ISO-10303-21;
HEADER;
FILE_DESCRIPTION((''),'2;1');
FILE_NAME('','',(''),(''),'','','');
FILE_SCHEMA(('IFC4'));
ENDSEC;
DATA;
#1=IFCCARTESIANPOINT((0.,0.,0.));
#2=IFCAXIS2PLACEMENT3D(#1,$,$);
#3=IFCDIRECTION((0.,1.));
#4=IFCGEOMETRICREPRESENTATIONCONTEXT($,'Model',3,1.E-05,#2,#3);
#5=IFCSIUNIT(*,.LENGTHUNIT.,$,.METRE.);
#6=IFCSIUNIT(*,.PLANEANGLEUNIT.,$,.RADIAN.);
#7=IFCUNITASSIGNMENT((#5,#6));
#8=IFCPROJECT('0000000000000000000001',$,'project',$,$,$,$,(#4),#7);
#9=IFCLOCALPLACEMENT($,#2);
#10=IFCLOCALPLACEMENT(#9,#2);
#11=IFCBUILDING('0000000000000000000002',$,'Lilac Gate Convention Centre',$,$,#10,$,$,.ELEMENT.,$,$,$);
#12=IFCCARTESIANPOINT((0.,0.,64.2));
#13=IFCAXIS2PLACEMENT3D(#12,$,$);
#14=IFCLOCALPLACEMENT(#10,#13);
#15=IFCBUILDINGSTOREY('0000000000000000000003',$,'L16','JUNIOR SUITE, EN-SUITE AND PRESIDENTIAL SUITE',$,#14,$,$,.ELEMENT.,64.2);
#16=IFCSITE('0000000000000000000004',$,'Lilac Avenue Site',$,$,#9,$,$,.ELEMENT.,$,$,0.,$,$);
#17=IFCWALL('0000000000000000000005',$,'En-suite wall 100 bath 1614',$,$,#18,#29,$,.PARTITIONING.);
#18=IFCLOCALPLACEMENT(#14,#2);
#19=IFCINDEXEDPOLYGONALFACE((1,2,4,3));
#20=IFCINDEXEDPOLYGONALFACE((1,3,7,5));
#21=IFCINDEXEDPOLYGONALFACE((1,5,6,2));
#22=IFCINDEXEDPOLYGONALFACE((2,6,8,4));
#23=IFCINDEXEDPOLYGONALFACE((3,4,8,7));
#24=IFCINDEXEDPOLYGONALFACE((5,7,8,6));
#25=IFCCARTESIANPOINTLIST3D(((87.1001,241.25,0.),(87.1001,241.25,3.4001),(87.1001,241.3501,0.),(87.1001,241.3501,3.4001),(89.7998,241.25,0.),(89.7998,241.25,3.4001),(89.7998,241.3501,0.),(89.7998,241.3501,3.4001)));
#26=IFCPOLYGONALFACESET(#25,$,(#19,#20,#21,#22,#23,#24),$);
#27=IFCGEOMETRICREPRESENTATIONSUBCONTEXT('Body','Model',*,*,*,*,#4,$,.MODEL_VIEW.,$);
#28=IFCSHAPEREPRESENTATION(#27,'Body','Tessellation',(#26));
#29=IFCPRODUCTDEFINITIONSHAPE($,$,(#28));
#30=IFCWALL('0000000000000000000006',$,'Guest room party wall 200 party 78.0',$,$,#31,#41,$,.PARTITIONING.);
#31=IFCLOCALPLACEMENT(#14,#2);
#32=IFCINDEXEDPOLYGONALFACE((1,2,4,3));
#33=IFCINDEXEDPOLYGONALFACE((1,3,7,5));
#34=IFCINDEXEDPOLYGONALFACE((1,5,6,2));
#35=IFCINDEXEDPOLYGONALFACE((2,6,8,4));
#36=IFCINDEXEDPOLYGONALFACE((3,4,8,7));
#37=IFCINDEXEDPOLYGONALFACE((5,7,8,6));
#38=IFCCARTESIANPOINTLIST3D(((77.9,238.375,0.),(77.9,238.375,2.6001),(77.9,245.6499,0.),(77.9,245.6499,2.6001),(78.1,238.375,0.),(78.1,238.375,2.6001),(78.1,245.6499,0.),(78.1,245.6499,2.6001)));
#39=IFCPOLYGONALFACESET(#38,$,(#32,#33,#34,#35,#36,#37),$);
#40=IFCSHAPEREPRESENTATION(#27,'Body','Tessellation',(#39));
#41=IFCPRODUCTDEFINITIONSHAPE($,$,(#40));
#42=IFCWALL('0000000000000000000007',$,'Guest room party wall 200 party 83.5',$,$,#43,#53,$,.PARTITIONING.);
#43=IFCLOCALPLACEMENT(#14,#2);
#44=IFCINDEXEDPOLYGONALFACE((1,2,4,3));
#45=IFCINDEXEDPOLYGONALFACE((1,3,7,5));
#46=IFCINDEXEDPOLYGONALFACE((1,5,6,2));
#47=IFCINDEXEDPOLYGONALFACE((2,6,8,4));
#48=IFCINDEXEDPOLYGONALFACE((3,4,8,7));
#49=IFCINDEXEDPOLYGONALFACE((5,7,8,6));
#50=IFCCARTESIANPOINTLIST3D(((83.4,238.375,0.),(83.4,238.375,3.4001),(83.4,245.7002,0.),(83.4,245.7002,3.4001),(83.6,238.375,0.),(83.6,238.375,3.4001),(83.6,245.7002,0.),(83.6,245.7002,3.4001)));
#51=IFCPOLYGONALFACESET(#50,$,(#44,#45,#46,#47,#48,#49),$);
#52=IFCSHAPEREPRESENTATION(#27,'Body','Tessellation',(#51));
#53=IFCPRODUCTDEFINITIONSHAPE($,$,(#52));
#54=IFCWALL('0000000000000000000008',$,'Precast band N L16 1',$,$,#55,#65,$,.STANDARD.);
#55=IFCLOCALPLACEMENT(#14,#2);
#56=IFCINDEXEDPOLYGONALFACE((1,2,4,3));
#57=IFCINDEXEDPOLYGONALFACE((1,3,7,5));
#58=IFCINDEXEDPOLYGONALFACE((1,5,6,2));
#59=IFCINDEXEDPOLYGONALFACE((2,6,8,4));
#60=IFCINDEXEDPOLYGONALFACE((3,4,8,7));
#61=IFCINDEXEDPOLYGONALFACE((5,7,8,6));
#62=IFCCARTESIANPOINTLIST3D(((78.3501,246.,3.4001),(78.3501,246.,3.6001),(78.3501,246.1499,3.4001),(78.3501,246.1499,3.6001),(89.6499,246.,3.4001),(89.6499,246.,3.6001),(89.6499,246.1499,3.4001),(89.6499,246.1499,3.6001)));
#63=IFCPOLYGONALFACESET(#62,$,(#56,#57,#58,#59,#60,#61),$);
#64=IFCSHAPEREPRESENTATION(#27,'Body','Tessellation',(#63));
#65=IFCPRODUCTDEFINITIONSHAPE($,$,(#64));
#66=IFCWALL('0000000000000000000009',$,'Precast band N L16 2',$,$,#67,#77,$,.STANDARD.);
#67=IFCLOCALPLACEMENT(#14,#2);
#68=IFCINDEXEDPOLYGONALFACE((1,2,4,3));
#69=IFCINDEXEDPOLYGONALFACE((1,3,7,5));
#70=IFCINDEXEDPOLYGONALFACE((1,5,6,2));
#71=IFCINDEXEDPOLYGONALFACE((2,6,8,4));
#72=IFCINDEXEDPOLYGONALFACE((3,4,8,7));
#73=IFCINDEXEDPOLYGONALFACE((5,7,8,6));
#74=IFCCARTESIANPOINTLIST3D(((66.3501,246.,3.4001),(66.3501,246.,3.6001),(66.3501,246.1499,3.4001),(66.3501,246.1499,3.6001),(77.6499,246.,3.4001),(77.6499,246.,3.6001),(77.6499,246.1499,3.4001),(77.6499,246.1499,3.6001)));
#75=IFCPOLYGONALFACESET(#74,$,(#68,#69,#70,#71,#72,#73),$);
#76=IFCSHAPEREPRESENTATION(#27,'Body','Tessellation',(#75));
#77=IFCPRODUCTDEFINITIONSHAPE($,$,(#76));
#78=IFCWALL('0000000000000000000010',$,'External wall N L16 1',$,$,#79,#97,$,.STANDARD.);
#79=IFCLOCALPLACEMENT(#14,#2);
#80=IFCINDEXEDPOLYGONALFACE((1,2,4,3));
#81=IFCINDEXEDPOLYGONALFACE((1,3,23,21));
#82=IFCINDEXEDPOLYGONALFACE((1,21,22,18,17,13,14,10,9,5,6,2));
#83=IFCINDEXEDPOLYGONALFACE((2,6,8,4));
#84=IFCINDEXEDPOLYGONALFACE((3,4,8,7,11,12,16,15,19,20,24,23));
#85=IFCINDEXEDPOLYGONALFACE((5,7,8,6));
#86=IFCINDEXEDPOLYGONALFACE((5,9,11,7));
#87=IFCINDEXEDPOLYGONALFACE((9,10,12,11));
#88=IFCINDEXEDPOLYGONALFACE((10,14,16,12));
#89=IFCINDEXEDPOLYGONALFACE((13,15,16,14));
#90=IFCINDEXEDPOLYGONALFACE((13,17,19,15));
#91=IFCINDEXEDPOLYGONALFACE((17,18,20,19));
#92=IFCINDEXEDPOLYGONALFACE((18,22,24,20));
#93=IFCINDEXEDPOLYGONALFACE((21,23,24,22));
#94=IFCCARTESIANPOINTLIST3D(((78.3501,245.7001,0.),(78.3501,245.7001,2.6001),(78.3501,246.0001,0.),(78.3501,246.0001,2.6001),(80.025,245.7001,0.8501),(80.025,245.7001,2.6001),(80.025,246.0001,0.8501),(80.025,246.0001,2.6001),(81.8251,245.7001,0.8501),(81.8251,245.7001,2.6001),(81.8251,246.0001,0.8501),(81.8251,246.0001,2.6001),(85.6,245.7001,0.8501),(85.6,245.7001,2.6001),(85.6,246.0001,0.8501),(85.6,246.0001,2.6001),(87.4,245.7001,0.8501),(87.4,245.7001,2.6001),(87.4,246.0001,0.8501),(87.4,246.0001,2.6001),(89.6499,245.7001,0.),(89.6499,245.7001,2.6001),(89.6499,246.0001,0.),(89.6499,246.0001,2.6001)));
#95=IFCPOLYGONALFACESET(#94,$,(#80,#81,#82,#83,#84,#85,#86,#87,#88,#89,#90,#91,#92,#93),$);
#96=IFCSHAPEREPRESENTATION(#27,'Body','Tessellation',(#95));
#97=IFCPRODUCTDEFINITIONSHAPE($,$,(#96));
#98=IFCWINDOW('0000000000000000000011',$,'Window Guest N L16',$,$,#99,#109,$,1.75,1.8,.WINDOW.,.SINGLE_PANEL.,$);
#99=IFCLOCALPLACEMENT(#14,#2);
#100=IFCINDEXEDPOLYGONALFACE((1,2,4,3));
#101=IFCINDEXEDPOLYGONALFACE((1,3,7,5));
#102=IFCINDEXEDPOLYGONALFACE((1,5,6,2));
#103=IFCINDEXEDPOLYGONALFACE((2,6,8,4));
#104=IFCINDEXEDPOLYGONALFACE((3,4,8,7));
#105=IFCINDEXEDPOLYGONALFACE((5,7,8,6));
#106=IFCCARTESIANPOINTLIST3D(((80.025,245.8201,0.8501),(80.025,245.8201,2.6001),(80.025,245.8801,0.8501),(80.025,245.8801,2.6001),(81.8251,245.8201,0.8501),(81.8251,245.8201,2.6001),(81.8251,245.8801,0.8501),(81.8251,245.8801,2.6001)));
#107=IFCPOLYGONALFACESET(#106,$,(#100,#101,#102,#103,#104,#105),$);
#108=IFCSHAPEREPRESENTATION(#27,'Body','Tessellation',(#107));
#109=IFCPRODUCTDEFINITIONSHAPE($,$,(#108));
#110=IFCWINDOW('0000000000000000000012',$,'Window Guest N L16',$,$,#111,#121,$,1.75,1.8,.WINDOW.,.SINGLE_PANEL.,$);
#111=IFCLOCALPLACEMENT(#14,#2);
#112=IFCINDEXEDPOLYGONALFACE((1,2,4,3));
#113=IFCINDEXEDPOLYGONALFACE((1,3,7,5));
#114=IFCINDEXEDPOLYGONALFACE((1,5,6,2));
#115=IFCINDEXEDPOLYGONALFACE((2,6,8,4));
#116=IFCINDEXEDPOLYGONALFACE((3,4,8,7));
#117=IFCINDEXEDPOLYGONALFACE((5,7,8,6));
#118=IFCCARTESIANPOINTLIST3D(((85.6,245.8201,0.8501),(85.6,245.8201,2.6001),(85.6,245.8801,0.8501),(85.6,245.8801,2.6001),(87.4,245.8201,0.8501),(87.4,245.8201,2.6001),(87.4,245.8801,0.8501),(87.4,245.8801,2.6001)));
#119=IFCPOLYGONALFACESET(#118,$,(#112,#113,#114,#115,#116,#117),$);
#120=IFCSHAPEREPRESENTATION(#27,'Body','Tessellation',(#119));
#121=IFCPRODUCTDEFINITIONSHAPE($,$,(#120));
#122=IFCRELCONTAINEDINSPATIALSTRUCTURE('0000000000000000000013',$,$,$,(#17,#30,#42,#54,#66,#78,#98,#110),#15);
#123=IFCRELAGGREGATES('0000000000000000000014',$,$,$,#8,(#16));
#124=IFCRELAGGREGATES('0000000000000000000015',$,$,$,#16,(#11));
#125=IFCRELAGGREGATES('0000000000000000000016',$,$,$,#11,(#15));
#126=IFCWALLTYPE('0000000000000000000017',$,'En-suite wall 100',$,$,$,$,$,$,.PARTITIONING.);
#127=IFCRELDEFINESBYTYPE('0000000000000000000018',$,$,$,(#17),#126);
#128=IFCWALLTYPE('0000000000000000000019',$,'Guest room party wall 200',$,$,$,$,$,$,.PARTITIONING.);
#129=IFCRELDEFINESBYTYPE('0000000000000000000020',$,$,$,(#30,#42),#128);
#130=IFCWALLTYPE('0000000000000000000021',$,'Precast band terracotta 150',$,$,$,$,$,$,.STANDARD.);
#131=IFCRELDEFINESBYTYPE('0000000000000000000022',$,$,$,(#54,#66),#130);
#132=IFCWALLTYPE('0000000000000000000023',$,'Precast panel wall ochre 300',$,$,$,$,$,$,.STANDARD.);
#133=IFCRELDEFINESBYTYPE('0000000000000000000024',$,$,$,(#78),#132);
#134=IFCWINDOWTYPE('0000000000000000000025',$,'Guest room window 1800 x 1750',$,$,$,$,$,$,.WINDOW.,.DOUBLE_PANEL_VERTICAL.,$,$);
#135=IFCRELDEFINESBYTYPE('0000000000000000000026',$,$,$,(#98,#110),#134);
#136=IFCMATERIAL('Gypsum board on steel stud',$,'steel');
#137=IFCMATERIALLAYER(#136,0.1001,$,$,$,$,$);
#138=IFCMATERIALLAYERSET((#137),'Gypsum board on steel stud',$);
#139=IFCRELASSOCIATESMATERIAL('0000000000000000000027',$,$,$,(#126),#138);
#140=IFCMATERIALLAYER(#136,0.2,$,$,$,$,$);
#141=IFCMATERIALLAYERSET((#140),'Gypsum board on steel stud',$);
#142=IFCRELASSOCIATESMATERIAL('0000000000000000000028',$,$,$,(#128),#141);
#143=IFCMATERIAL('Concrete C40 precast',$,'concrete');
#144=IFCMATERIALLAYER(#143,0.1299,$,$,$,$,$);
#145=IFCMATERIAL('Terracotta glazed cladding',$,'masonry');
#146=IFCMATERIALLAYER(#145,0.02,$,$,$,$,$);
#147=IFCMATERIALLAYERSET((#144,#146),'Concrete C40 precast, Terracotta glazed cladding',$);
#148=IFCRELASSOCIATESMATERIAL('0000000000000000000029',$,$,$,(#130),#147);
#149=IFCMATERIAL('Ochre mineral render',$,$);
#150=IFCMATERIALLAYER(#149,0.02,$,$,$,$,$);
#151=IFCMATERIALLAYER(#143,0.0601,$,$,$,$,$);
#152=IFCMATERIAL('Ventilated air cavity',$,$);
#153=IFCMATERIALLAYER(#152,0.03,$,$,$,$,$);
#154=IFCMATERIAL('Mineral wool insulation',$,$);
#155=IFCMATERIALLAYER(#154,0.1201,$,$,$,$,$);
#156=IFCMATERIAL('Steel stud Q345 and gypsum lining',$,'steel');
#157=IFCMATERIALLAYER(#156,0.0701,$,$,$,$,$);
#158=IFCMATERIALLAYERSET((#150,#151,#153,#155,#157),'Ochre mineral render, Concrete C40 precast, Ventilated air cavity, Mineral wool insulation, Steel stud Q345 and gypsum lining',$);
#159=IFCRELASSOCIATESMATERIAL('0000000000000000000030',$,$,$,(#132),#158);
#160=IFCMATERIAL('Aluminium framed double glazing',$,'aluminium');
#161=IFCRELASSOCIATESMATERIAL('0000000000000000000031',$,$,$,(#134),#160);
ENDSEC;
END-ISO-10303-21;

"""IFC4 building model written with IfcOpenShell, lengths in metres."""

from ifc_helpers import new_model, si_unit, direction, frame, frame_2d, origin, place, context, subcontext, project, spatial, rectangle, extrude, material, layer, layer_set, type_object, element, fill, save


model = new_model("IFC4")

# Units and contexts
model_context = context("Model", 3, precision=1e-05, world=origin(), true_north=direction((0.0, 1.0)))
body_context = subcontext(model_context, "Body", "Model", "MODEL_VIEW")
ifc_project = project(units=[si_unit("LENGTHUNIT", "METRE"), si_unit("PLANEANGLEUNIT", "RADIAN")], contexts=[model_context])

# Site, building, storey
site_placement = place(None, origin())
site = spatial("IfcSite", under=ifc_project, at=site_placement, Name="Lilac Avenue Site", CompositionType="ELEMENT", RefElevation=0.0)
building_placement = place(site_placement, origin())
building = spatial("IfcBuilding", under=site, at=building_placement, Name="Lilac Gate Convention Centre", CompositionType="ELEMENT")
storey_placement = place(building_placement, frame((0.0, 0.0, 64.2)))
storey = spatial("IfcBuildingStorey", under=building, at=storey_placement, Name="L16", Description="JUNIOR SUITE, EN-SUITE AND PRESIDENTIAL SUITE", CompositionType="ELEMENT", Elevation=64.2)

# Shared definitions
ifc_material_1 = material(Name="Aluminium framed double glazing", Category="aluminium")

# Shared definitions
ifc_material_2 = material(Name="Gypsum board on steel stud", Category="steel")
ifc_layer_1 = layer(ifc_material_2, 0.1001)
ifc_layer_set_1 = layer_set([ifc_layer_1], Name="Gypsum board on steel stud")
wall_type_1 = type_object("IfcWallType", Name="En-suite wall 100", PredefinedType="PARTITIONING", material=ifc_layer_set_1)

# Walls
wall_1_placement = place(storey_placement, frame((87.1001, 241.3, 0.0), z_axis=(0.0, 0.0, 1.0), x_axis=(1.0, 0.0, 0.0)))
element("IfcWall", 1, at=wall_1_placement, inside=storey, type_object=wall_type_1, Name="En-suite wall 100 bath 1614", PredefinedType="PARTITIONING", context=body_context, shape_type="SweptSolid", body=[
    extrude(rectangle(XDim=2.6997, YDim=0.1001, at=frame_2d((1.3499, 0.0))), origin(), (0.0, 0.0, 1.0), 3.4001),
])
ifc_layer_2 = layer(ifc_material_2, 0.2)
ifc_layer_set_2 = layer_set([ifc_layer_2], Name="Gypsum board on steel stud")
wall_type_2 = type_object("IfcWallType", Name="Guest room party wall 200", PredefinedType="PARTITIONING", material=ifc_layer_set_2)
wall_2_placement = place(storey_placement, frame((78.0, 245.6499, 0.0), z_axis=(0.0, 0.0, 1.0), x_axis=(0.0, -1.0, 0.0)))
element("IfcWall", 2, at=wall_2_placement, inside=storey, type_object=wall_type_2, Name="Guest room party wall 200 party 78.0", PredefinedType="PARTITIONING", context=body_context, shape_type="SweptSolid", body=[
    extrude(rectangle(XDim=7.2749, YDim=0.2, at=frame_2d((3.6375, 0.0))), origin(), (0.0, 0.0, 1.0), 2.6001),
])
wall_3_placement = place(storey_placement, frame((83.5, 245.7002, 0.0), z_axis=(0.0, 0.0, 1.0), x_axis=(0.0, -1.0, 0.0)))
element("IfcWall", 3, at=wall_3_placement, inside=storey, type_object=wall_type_2, Name="Guest room party wall 200 party 83.5", PredefinedType="PARTITIONING", context=body_context, shape_type="SweptSolid", body=[
    extrude(rectangle(XDim=7.3252, YDim=0.2, at=frame_2d((3.6626, 0.0))), origin(), (0.0, 0.0, 1.0), 3.4001),
])
ifc_material_3 = material(Name="Concrete C40 precast", Category="concrete")
ifc_layer_3 = layer(ifc_material_3, 0.1299)
ifc_material_4 = material(Name="Terracotta glazed cladding", Category="masonry")
ifc_layer_4 = layer(ifc_material_4, 0.02)
ifc_layer_set_3 = layer_set([ifc_layer_3, ifc_layer_4], Name="Concrete C40 precast, Terracotta glazed cladding")
wall_type_3 = type_object("IfcWallType", Name="Precast band terracotta 150", PredefinedType="STANDARD", material=ifc_layer_set_3)
for number, where, z_axis, x_axis, name in (
    (4, (89.6499, 246.075, 3.4001), (0.0, 0.0, 1.0), (-1.0, 0.0, 0.0), "Precast band N L16 1"),
    (5, (77.6499, 246.075, 3.4001), (0.0, 0.0, 1.0), (-1.0, 0.0, 0.0), "Precast band N L16 2"),
):
    element("IfcWall", number, at=place(storey_placement, frame(where, z_axis=z_axis, x_axis=x_axis)), inside=storey, type_object=wall_type_3, Name=name, PredefinedType="STANDARD", context=body_context, shape_type="SweptSolid", body=[
        extrude(rectangle(XDim=11.2998, YDim=0.1499, at=frame_2d((5.6499, 0.0))), origin(), (0.0, 0.0, 1.0), 0.2),
    ])

# Wall, openings, windows
ifc_material_5 = material(Name="Ochre mineral render")
ifc_layer_5 = layer(ifc_material_5, 0.02)
ifc_layer_6 = layer(ifc_material_3, 0.0601)
ifc_material_6 = material(Name="Ventilated air cavity")
ifc_layer_7 = layer(ifc_material_6, 0.03)
ifc_material_7 = material(Name="Mineral wool insulation")
ifc_layer_8 = layer(ifc_material_7, 0.1201)
ifc_material_8 = material(Name="Steel stud Q345 and gypsum lining", Category="steel")
ifc_layer_9 = layer(ifc_material_8, 0.0701)
ifc_layer_set_4 = layer_set([ifc_layer_5, ifc_layer_6, ifc_layer_7, ifc_layer_8, ifc_layer_9], Name="Ochre mineral render, Concrete C40 precast, Ventilated air cavity, Mineral wool insulation, Steel stud Q345 and gypsum lining")
wall_type_4 = type_object("IfcWallType", Name="Precast panel wall ochre 300", PredefinedType="STANDARD", material=ifc_layer_set_4)
wall_4_placement = place(storey_placement, frame((89.6499, 245.8501, 0.0), z_axis=(0.0, 0.0, 1.0), x_axis=(-1.0, 0.0, 0.0)))
wall_4 = element("IfcWall", 6, at=wall_4_placement, inside=storey, type_object=wall_type_4, Name="External wall N L16 1", PredefinedType="STANDARD", context=body_context, shape_type="SweptSolid", body=[
    extrude(rectangle(XDim=11.2998, YDim=0.3, at=frame_2d((5.6499, 0.0))), origin(), (0.0, 0.0, 1.0), 2.6001),
])
opening_1_placement = place(wall_4_placement, frame((7.825, 0.0, 0.8501)))
opening_1 = element("IfcOpeningElement", 7, at=opening_1_placement, cuts=wall_4, PredefinedType="OPENING", context=body_context, shape_type="SweptSolid", body=[
    extrude(rectangle(XDim=1.8, YDim=1.75, at=frame_2d((0.8999, 0.875))), frame((0.0, 0.1599, 0.0), z_axis=(0.0, -1.0, 0.0), x_axis=(1.0, 0.0, 0.0)), (0.0, 0.0, 1.0), 0.3201),
])
opening_2_placement = place(wall_4_placement, frame((2.25, 0.0, 0.8501)))
opening_2 = element("IfcOpeningElement", 8, at=opening_2_placement, cuts=wall_4, PredefinedType="OPENING", context=body_context, shape_type="SweptSolid", body=[
    extrude(rectangle(XDim=1.8, YDim=1.75, at=frame_2d((0.8999, 0.875))), frame((0.0, 0.1599, 0.0), z_axis=(0.0, -1.0, 0.0), x_axis=(1.0, 0.0, 0.0)), (0.0, 0.0, 1.0), 0.3201),
])
window_type = type_object("IfcWindowType", Name="Guest room window 1800 x 1750", PartitioningType="DOUBLE_PANEL_VERTICAL", PredefinedType="WINDOW", material=ifc_material_1)
window_1_placement = place(opening_1_placement, origin())
window_1 = element("IfcWindow", 9, at=window_1_placement, inside=storey, type_object=window_type, Name="Window Guest N L16", OverallHeight=1.75, OverallWidth=1.8, PartitioningType="SINGLE_PANEL", PredefinedType="WINDOW", context=body_context, shape_type="SweptSolid", body=[
    extrude(rectangle(XDim=1.8, YDim=1.75, at=frame_2d((0.8999, 0.875))), frame((0.0, 0.03, 0.0), z_axis=(0.0, -1.0, 0.0), x_axis=(1.0, 0.0, 0.0)), (0.0, 0.0, 1.0), 0.0601),
])
fill(opening_1, window_1)
window_2_placement = place(opening_2_placement, origin())
window_2 = element("IfcWindow", 10, at=window_2_placement, inside=storey, type_object=window_type, Name="Window Guest N L16", OverallHeight=1.75, OverallWidth=1.8, PartitioningType="SINGLE_PANEL", PredefinedType="WINDOW", context=body_context, shape_type="SweptSolid", body=[
    extrude(rectangle(XDim=1.8, YDim=1.75, at=frame_2d((0.8999, 0.875))), frame((0.0, 0.03, 0.0), z_axis=(0.0, -1.0, 0.0), x_axis=(1.0, 0.0, 0.0)), (0.0, 0.0, 1.0), 0.0601),
])
fill(opening_2, window_2)

save(model, "model.ifc")
